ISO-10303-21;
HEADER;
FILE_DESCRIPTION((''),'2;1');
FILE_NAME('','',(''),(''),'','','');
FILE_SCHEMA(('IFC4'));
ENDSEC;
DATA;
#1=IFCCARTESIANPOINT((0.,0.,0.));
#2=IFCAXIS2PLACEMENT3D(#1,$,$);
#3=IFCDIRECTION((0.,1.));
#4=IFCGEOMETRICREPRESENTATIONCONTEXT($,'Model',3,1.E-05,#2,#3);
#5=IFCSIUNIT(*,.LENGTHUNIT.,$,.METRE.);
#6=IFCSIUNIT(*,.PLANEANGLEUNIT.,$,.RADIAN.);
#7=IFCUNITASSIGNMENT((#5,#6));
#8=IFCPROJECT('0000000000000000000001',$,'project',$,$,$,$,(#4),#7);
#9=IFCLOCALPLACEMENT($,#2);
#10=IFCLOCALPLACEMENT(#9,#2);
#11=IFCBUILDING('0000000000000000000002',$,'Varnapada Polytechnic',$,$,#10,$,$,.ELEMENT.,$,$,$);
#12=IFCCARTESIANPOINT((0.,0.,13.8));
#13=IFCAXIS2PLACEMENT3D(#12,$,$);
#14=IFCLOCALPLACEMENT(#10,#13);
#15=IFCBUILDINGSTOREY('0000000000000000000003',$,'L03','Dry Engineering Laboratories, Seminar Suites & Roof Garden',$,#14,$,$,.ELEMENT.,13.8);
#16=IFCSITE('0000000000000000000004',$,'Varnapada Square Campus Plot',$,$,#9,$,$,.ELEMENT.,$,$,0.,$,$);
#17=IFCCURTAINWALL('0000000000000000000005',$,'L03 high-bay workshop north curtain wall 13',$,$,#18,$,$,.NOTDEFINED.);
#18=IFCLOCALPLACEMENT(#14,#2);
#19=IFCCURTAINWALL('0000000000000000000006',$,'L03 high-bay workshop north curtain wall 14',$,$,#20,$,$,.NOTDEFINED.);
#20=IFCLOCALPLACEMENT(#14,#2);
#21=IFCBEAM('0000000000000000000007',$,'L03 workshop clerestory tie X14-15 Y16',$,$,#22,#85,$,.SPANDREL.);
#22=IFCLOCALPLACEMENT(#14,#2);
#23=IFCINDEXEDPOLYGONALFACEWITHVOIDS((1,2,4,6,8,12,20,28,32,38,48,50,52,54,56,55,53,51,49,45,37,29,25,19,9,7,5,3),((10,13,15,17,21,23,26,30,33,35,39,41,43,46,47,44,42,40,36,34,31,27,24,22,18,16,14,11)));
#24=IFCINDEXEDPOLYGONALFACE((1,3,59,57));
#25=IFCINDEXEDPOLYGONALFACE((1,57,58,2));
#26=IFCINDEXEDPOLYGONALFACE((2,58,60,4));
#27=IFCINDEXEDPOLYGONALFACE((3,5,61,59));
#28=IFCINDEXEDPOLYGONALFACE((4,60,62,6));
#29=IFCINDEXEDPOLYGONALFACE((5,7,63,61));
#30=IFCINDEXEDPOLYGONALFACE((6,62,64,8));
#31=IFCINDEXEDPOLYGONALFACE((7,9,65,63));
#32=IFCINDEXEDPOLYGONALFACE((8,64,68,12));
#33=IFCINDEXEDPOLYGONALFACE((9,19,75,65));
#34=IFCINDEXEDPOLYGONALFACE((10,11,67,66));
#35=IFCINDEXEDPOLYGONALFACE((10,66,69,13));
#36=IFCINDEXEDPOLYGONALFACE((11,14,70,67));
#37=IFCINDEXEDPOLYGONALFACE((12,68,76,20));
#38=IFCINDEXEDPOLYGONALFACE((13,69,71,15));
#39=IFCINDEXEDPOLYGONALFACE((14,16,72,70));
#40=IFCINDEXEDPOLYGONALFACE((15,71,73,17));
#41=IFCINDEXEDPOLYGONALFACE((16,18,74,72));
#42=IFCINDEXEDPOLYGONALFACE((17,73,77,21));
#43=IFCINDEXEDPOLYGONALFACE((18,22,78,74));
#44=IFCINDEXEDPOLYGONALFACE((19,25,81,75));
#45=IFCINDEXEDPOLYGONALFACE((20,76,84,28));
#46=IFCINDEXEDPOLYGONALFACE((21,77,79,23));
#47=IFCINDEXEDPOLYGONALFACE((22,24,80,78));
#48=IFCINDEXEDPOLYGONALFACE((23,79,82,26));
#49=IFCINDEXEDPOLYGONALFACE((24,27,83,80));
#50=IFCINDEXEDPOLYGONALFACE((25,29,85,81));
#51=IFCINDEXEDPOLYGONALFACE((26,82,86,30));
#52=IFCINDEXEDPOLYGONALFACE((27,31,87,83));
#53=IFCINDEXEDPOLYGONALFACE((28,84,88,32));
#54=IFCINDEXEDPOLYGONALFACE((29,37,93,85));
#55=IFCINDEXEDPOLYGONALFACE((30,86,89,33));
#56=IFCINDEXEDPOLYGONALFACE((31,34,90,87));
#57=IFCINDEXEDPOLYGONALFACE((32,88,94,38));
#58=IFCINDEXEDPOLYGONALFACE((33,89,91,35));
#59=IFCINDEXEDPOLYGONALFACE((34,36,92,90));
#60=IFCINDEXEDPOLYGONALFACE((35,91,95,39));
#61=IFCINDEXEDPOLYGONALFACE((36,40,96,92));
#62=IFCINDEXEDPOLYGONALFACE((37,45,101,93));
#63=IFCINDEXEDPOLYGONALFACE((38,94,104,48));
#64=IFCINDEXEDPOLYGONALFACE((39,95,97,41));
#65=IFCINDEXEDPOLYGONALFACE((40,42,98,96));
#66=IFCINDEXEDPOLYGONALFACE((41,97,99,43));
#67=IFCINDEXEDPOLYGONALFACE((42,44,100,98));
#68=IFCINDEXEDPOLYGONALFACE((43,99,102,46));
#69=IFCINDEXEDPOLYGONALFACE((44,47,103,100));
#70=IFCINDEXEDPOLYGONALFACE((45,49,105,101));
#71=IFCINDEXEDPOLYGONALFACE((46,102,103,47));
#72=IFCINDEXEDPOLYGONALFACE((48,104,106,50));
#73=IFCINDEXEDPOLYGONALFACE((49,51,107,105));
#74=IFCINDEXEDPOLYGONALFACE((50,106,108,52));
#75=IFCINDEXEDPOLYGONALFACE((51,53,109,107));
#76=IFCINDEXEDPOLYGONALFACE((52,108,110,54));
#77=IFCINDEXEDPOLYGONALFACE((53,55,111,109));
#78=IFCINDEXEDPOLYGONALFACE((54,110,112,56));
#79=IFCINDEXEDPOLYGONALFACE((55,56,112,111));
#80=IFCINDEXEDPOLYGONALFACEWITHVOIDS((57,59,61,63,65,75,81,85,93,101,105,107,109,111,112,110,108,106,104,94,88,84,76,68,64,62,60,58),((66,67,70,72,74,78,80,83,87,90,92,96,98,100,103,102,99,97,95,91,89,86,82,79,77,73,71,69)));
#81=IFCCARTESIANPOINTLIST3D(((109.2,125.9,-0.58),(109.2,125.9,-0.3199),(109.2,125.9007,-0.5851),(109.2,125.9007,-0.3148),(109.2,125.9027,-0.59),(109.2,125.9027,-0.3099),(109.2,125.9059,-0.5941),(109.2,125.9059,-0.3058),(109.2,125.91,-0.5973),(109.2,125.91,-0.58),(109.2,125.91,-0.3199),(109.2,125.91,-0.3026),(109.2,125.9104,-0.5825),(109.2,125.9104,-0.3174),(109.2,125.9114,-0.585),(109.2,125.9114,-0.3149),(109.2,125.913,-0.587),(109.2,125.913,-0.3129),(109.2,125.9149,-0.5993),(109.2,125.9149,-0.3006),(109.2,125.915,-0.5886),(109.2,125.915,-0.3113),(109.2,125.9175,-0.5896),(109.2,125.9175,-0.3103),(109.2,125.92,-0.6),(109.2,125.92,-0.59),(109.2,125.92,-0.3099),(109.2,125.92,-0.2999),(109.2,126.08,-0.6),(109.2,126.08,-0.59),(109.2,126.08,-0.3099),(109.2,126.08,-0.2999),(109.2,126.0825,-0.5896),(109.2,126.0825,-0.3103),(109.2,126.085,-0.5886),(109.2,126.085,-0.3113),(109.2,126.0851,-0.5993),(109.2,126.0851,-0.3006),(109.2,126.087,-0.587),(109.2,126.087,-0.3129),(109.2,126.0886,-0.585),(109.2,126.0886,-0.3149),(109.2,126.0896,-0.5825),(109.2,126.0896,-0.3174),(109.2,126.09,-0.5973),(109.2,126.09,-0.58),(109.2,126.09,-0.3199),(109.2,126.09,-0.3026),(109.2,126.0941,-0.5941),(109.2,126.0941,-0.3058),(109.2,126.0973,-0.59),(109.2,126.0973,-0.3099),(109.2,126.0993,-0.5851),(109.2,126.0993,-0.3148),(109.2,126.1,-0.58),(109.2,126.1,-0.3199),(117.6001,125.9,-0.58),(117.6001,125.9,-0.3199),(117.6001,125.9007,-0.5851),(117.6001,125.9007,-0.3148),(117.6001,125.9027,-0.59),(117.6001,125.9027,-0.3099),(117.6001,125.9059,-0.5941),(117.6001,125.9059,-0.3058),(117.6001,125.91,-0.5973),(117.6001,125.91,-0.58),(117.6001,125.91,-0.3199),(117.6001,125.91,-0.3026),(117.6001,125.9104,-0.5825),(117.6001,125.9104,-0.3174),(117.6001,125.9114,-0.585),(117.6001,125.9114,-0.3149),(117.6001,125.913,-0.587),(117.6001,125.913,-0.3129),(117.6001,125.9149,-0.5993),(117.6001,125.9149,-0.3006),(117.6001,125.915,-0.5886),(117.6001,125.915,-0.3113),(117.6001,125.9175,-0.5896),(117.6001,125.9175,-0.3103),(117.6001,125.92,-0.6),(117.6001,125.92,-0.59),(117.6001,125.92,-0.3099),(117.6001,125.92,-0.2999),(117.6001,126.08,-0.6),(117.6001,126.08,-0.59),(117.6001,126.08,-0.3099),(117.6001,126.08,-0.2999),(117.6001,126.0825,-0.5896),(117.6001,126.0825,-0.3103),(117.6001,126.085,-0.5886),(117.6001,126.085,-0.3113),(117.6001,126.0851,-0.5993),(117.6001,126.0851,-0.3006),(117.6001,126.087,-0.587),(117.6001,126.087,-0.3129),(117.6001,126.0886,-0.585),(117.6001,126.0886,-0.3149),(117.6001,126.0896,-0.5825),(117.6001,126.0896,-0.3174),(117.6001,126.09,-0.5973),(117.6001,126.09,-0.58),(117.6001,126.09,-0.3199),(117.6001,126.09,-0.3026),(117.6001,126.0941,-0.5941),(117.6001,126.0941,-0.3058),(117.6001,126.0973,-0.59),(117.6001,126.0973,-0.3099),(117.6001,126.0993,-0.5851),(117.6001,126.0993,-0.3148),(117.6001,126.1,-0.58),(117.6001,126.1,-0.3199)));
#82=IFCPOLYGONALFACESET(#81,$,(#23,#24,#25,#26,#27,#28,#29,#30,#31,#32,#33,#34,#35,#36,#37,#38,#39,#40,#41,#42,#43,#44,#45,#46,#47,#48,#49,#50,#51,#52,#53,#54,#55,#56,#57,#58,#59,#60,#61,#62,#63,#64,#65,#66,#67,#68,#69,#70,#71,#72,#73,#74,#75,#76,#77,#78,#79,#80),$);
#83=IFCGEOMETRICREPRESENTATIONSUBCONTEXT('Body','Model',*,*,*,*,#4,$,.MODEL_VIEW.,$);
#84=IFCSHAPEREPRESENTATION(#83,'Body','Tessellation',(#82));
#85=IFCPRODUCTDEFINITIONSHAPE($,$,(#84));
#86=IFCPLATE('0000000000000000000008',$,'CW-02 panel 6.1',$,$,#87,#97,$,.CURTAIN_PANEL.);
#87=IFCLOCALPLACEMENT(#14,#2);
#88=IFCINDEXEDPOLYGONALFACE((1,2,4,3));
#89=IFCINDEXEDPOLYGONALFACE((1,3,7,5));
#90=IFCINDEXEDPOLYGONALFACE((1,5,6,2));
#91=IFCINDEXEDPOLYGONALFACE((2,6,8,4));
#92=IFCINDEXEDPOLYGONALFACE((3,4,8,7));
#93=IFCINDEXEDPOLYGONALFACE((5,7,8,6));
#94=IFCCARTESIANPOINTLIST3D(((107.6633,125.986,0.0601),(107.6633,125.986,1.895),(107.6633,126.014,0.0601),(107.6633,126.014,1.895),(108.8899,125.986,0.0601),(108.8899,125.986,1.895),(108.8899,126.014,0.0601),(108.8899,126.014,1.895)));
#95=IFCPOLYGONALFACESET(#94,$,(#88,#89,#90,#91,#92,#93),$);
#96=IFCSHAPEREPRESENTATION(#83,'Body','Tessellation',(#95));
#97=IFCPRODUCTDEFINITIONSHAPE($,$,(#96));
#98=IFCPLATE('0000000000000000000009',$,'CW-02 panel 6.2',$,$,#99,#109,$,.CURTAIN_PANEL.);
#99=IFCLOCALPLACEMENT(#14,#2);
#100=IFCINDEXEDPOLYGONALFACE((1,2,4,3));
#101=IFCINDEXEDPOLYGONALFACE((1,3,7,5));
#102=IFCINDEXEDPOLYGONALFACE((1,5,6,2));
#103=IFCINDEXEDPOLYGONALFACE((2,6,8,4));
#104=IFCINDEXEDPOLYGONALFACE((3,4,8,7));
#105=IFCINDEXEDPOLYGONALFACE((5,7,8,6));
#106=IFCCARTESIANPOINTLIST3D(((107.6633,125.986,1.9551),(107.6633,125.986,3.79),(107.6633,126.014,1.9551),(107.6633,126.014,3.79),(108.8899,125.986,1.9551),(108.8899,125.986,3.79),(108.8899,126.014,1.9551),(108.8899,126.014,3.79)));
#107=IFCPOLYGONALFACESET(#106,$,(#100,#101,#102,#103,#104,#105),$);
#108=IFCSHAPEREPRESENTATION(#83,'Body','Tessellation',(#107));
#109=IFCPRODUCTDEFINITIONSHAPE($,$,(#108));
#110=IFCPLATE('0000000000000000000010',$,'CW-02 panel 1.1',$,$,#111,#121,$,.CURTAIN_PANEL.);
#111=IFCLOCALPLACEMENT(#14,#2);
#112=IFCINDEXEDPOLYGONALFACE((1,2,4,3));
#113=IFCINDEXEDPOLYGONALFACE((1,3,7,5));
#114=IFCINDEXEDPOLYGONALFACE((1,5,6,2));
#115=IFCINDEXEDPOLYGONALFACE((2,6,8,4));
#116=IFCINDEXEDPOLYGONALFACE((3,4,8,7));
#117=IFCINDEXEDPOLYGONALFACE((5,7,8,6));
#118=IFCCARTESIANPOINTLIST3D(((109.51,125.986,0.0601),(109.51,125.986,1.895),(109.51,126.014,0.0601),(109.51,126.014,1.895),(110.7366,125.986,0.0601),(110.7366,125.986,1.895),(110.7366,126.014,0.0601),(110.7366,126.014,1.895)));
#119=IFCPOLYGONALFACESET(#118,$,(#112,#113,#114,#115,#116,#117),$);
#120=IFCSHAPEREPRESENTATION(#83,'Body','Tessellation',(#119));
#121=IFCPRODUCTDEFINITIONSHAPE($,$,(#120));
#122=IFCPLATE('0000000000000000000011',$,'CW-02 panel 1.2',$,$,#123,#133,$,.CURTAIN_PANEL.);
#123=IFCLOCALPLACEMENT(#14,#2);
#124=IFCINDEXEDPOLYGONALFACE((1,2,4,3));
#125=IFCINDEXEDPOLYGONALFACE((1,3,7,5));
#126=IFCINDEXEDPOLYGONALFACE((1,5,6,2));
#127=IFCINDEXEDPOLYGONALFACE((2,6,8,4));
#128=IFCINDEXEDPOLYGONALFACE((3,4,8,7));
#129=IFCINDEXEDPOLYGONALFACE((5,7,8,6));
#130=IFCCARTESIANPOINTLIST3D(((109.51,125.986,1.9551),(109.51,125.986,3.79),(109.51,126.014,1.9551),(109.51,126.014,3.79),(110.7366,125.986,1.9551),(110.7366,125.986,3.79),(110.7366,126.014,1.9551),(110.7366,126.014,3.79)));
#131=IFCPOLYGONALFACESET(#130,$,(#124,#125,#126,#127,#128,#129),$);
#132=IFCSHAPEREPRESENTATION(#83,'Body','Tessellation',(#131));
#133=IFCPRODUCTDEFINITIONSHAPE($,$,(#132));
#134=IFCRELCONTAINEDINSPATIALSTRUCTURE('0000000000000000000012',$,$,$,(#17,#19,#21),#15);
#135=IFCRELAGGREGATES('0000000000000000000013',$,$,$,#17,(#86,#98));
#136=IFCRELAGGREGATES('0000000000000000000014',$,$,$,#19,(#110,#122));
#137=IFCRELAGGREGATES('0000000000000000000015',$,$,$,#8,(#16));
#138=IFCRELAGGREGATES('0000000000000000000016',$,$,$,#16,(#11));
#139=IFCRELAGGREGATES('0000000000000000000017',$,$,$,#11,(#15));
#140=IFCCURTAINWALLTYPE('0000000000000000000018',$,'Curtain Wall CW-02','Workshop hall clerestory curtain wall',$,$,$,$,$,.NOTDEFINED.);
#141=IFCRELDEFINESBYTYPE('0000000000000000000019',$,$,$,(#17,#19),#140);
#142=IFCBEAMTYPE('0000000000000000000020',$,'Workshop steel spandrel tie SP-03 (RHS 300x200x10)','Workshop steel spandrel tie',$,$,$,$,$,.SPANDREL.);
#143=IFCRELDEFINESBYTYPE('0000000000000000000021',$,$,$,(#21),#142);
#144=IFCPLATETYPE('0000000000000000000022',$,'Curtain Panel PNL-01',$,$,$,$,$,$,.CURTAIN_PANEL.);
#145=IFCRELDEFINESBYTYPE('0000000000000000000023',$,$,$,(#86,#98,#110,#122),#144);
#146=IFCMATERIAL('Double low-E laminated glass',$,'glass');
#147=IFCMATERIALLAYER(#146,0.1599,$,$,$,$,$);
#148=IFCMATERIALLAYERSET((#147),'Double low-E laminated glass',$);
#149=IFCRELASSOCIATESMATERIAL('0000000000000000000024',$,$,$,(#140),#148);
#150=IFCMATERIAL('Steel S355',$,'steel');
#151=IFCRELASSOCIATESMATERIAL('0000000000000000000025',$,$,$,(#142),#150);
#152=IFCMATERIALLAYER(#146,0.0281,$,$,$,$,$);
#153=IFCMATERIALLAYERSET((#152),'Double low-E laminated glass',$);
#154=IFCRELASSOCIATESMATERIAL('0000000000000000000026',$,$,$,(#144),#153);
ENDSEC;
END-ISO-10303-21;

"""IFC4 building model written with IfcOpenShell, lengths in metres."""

from ifc_helpers import new_model, si_unit, direction, frame, origin, origin_2d, place, context, subcontext, project, spatial, rectangle, hollow_rectangle, extrude, material, layer, layer_set, material_profile, profile_set, type_object, element, aggregate, save


model = new_model("IFC4")

# Units and contexts
model_context = context("Model", 3, precision=1e-05, world=origin(), true_north=direction((0.0, 1.0)))
body_context = subcontext(model_context, "Body", "Model", "MODEL_VIEW")
ifc_project = project(units=[si_unit("LENGTHUNIT", "METRE"), si_unit("PLANEANGLEUNIT", "RADIAN")], contexts=[model_context])

# Site, building, storey
site_placement = place(None, origin())
site = spatial("IfcSite", under=ifc_project, at=site_placement, Name="Varnapada Square Campus Plot", CompositionType="ELEMENT", RefElevation=0.0)
building_placement = place(site_placement, origin())
building = spatial("IfcBuilding", under=site, at=building_placement, Name="Varnapada Polytechnic", CompositionType="ELEMENT")
storey_placement = place(building_placement, frame((0.0, 0.0, 13.8)))
storey = spatial("IfcBuildingStorey", under=building, at=storey_placement, Name="L03", Description="Dry Engineering Laboratories, Seminar Suites & Roof Garden", CompositionType="ELEMENT", Elevation=13.8)

# Shared definitions
ifc_material_1 = material(Name="Steel S355", Category="steel")

# Curtain walls
ifc_material_2 = material(Name="Double low-E laminated glass", Category="glass")
ifc_layer_1 = layer(ifc_material_2, 0.1599)
ifc_layer_set_1 = layer_set([ifc_layer_1], Name="Double low-E laminated glass")
curtain_wall_type = type_object("IfcCurtainWallType", Name="Curtain Wall CW-02", Description="Workshop hall clerestory curtain wall", PredefinedType="NOTDEFINED", material=ifc_layer_set_1)
curtain_wall_1_placement = place(storey_placement, origin())
curtain_wall_1 = element("IfcCurtainWall", 1, at=curtain_wall_1_placement, inside=storey, type_object=curtain_wall_type, Name="L03 high-bay workshop north curtain wall 13", PredefinedType="NOTDEFINED")
curtain_wall_2_placement = place(storey_placement, origin())
curtain_wall_2 = element("IfcCurtainWall", 2, at=curtain_wall_2_placement, inside=storey, type_object=curtain_wall_type, Name="L03 high-bay workshop north curtain wall 14", PredefinedType="NOTDEFINED")

# Beam
ifc_material_profile_1 = material_profile(ifc_material_1, hollow_rectangle(XDim=0.2, YDim=0.3, WallThickness=0.01, InnerFilletRadius=0.01, OuterFilletRadius=0.02, at=origin_2d()), Name="RHS 300x200x10")
ifc_profile_set_1 = profile_set([ifc_material_profile_1], Name="Steel S355")
beam_type = type_object("IfcBeamType", Name="Workshop steel spandrel tie SP-03 (RHS 300x200x10)", Description="Workshop steel spandrel tie", PredefinedType="SPANDREL", material=ifc_profile_set_1)
beam_placement = place(storey_placement, frame((109.2, 126.0, -0.45), z_axis=(1.0, 0.0, 0.0), x_axis=(0.0, 1.0, 0.0)))
element("IfcBeam", 3, at=beam_placement, inside=storey, type_object=beam_type, Name="L03 workshop clerestory tie X14-15 Y16", PredefinedType="SPANDREL", context=body_context, shape_type="SweptSolid", body=[
    extrude(hollow_rectangle(XDim=0.2, YDim=0.3, WallThickness=0.01, InnerFilletRadius=0.01, OuterFilletRadius=0.02, at=origin_2d()), origin(), (0.0, 0.0, 1.0), 8.4001),
])

# Plates
ifc_layer_2 = layer(ifc_material_2, 0.0281)
ifc_layer_set_2 = layer_set([ifc_layer_2], Name="Double low-E laminated glass")
plate_type = type_object("IfcPlateType", Name="Curtain Panel PNL-01", PredefinedType="CURTAIN_PANEL", material=ifc_layer_set_2)
plate_1_placement = place(storey_placement, frame((108.2766, 126.0, 0.0601), z_axis=(0.0, 0.0, 1.0), x_axis=(1.0, 0.0, 0.0)))
plate_1 = element("IfcPlate", 4, at=plate_1_placement, type_object=plate_type, Name="CW-02 panel 6.1", PredefinedType="CURTAIN_PANEL", context=body_context, shape_type="SweptSolid", body=[
    extrude(rectangle(XDim=1.2266, YDim=0.0281, at=origin_2d()), origin(), (0.0, 0.0, 1.0), 1.835),
])
plate_2_placement = place(storey_placement, frame((108.2766, 126.0, 1.9551), z_axis=(0.0, 0.0, 1.0), x_axis=(1.0, 0.0, 0.0)))
plate_2 = element("IfcPlate", 5, at=plate_2_placement, type_object=plate_type, Name="CW-02 panel 6.2", PredefinedType="CURTAIN_PANEL", context=body_context, shape_type="SweptSolid", body=[
    extrude(rectangle(XDim=1.2266, YDim=0.0281, at=origin_2d()), origin(), (0.0, 0.0, 1.0), 1.835),
])
aggregate(curtain_wall_1, [plate_1, plate_2])
plate_3_placement = place(storey_placement, frame((110.1233, 126.0, 0.0601), z_axis=(0.0, 0.0, 1.0), x_axis=(1.0, 0.0, 0.0)))
plate_3 = element("IfcPlate", 6, at=plate_3_placement, type_object=plate_type, Name="CW-02 panel 1.1", PredefinedType="CURTAIN_PANEL", context=body_context, shape_type="SweptSolid", body=[
    extrude(rectangle(XDim=1.2266, YDim=0.0281, at=origin_2d()), origin(), (0.0, 0.0, 1.0), 1.835),
])
plate_4_placement = place(storey_placement, frame((110.1233, 126.0, 1.9551), z_axis=(0.0, 0.0, 1.0), x_axis=(1.0, 0.0, 0.0)))
plate_4 = element("IfcPlate", 7, at=plate_4_placement, type_object=plate_type, Name="CW-02 panel 1.2", PredefinedType="CURTAIN_PANEL", context=body_context, shape_type="SweptSolid", body=[
    extrude(rectangle(XDim=1.2266, YDim=0.0281, at=origin_2d()), origin(), (0.0, 0.0, 1.0), 1.835),
])
aggregate(curtain_wall_2, [plate_3, plate_4])

save(model, "model.ifc")
